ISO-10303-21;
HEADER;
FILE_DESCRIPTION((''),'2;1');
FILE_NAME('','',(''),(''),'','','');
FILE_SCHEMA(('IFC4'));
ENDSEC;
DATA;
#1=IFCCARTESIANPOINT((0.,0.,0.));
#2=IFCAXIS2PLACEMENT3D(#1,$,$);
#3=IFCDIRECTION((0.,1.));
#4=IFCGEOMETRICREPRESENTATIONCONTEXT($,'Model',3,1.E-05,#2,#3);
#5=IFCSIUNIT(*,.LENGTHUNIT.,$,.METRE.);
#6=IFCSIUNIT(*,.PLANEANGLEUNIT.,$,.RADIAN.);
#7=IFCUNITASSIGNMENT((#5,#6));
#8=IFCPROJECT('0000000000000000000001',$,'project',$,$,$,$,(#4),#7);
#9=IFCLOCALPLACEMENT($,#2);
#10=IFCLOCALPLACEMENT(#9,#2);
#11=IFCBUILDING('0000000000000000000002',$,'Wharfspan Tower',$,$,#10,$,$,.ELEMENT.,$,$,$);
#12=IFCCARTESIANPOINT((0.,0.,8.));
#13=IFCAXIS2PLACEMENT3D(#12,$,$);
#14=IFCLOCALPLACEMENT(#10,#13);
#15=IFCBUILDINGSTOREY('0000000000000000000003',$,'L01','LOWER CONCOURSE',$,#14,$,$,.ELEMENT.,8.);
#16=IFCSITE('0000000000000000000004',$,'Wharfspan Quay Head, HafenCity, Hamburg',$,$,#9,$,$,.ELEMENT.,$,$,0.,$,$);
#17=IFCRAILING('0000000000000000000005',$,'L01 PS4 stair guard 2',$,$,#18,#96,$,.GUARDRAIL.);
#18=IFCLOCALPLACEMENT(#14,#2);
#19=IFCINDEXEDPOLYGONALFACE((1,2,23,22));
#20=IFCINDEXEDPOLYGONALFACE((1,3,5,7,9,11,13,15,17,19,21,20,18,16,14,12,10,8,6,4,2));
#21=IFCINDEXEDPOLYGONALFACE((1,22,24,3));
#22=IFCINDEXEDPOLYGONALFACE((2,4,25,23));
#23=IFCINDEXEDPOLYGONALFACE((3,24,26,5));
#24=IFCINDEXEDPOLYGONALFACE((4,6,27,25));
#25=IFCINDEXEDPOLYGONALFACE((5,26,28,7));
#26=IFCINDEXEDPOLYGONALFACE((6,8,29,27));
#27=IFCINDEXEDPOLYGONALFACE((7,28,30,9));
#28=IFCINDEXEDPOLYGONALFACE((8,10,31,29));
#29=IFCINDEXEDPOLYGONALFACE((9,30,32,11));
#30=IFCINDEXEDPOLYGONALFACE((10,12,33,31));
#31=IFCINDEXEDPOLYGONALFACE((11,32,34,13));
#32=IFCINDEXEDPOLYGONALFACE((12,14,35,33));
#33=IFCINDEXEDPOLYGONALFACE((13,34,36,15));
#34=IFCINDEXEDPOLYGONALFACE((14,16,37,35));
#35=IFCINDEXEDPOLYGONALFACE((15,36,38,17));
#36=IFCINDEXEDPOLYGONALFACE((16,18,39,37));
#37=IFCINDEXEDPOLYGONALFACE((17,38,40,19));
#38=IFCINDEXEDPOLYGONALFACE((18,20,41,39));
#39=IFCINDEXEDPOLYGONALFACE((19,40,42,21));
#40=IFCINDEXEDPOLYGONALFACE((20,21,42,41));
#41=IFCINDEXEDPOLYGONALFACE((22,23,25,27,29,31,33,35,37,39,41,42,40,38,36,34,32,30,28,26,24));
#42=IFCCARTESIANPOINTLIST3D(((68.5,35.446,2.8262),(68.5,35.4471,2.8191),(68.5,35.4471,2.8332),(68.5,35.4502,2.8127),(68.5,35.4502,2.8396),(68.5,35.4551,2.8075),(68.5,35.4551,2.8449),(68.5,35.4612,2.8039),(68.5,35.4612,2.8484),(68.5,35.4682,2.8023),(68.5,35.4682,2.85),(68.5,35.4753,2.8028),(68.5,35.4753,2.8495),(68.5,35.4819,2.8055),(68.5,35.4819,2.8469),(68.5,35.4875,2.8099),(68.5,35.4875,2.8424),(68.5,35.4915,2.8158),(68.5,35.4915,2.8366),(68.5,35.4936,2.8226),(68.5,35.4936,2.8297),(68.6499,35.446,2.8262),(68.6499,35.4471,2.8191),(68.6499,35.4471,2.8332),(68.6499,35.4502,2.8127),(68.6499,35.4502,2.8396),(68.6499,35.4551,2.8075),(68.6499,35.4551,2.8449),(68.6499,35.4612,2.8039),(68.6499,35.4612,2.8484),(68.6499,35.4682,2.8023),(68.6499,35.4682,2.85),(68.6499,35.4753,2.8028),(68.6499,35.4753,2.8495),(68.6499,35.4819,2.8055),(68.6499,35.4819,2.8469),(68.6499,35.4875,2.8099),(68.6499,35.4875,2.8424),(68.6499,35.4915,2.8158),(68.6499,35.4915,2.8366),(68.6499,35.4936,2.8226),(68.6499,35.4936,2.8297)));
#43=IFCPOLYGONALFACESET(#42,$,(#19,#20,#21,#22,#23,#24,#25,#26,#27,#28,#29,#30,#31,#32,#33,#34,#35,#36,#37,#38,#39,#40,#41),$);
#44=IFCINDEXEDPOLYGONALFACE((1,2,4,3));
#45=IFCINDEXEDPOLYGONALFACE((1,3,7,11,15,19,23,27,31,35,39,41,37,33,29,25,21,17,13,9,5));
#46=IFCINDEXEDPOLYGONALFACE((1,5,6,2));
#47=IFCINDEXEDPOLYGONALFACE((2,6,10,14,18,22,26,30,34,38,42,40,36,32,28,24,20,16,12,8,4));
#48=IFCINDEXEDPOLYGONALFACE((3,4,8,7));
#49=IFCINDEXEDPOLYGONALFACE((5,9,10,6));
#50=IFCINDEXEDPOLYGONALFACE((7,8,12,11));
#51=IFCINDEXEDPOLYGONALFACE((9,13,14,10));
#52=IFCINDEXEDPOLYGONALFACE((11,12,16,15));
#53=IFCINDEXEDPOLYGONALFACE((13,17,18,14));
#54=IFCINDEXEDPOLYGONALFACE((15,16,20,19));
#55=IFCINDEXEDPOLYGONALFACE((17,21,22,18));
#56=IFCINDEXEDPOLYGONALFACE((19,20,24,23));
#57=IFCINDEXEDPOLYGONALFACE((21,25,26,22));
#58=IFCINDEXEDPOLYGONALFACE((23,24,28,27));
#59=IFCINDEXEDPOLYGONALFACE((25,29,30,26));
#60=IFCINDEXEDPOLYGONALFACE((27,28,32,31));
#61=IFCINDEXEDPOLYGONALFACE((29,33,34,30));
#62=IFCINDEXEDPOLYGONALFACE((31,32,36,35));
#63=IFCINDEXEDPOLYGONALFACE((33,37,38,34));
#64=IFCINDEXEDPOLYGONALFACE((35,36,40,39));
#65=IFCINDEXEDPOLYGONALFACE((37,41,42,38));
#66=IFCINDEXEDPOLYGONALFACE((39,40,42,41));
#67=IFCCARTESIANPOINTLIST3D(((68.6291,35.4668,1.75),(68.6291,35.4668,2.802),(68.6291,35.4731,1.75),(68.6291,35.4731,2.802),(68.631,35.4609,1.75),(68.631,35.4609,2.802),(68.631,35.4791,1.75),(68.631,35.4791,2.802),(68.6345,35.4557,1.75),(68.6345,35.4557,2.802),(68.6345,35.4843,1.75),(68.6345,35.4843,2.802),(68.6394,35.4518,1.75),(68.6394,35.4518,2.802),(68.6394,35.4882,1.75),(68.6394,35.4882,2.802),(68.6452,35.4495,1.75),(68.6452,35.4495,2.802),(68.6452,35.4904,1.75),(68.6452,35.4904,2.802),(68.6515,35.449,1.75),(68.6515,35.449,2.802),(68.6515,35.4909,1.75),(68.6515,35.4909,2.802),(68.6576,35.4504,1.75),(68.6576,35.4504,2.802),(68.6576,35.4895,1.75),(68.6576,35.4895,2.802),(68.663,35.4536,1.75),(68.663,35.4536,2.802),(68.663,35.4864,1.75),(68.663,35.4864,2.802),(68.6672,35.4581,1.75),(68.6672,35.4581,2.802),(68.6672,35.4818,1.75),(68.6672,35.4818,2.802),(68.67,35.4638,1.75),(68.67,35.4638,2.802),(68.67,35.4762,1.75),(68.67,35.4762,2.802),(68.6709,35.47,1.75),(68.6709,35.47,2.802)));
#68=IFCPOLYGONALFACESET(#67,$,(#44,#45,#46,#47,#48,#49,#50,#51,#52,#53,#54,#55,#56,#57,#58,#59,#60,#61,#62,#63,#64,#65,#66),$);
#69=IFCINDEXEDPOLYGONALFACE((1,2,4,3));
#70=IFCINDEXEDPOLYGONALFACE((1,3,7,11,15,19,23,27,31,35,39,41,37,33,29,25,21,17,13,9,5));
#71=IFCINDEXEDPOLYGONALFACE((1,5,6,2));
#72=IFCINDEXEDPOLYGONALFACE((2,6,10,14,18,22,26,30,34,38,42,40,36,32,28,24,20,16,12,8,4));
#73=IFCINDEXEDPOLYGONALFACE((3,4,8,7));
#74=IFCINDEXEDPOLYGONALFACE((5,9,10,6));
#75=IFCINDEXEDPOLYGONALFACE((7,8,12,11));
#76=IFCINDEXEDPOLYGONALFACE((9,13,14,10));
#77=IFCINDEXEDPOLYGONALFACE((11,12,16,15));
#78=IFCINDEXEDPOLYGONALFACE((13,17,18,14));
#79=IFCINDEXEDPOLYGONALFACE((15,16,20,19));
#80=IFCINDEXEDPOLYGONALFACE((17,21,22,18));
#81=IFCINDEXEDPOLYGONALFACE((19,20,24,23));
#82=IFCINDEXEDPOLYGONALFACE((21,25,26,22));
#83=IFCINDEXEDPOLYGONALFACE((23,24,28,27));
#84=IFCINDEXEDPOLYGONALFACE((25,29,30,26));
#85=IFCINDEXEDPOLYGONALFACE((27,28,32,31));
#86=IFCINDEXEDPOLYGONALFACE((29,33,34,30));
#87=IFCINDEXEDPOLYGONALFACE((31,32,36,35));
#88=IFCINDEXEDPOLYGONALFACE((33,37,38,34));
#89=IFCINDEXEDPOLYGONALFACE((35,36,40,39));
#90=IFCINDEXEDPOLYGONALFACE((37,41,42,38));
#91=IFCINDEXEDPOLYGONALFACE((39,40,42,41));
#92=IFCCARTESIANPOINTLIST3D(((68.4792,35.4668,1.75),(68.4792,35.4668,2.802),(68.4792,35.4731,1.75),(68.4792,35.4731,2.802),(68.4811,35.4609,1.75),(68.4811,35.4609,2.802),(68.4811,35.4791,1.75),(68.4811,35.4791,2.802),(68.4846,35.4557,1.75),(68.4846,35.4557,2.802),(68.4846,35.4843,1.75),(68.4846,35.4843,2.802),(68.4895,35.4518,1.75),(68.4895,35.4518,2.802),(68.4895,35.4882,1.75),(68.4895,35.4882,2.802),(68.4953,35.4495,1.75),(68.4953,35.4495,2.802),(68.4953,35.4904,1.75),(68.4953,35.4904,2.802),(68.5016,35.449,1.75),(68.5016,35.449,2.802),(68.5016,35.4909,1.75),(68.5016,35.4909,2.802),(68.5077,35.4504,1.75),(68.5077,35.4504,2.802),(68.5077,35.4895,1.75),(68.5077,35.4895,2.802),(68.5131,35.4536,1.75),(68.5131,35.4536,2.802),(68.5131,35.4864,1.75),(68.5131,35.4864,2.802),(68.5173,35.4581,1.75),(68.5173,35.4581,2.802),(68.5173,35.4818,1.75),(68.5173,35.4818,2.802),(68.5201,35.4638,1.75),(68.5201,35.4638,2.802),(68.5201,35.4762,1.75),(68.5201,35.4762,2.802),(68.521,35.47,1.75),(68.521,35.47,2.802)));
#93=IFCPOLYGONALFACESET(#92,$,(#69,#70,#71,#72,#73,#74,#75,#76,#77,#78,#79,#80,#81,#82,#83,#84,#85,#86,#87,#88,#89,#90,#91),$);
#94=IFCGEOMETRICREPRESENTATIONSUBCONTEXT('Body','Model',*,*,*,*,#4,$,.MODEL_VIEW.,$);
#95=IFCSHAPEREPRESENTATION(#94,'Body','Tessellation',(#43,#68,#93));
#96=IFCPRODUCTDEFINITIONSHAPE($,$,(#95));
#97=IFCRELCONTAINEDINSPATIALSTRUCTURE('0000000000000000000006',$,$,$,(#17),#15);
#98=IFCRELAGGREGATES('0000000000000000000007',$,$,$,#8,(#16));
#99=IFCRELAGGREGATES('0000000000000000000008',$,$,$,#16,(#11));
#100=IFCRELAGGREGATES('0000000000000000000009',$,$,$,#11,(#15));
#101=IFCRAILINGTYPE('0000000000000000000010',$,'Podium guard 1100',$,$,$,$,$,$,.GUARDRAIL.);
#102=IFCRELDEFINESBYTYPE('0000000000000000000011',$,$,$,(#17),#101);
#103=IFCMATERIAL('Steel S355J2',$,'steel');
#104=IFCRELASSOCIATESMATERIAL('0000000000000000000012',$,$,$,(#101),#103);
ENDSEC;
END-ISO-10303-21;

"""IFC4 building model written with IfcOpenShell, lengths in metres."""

from ifc_helpers import new_model, si_unit, direction, frame, origin, origin_2d, place, context, subcontext, project, spatial, circle, extrude, material, type_object, element, save


model = new_model("IFC4")

# Units and contexts
model_context = context("Model", 3, precision=1e-05, world=origin(), true_north=direction((0.0, 1.0)))
body_context = subcontext(model_context, "Body", "Model", "MODEL_VIEW")
ifc_project = project(units=[si_unit("LENGTHUNIT", "METRE"), si_unit("PLANEANGLEUNIT", "RADIAN")], contexts=[model_context])

# Site, building, storey
site_placement = place(None, origin())
site = spatial("IfcSite", under=ifc_project, at=site_placement, Name="Wharfspan Quay Head, HafenCity, Hamburg", CompositionType="ELEMENT", RefElevation=0.0)
building_placement = place(site_placement, origin())
building = spatial("IfcBuilding", under=site, at=building_placement, Name="Wharfspan Tower", CompositionType="ELEMENT")
storey_placement = place(building_placement, frame((0.0, 0.0, 8.0)))
storey = spatial("IfcBuildingStorey", under=building, at=storey_placement, Name="L01", Description="LOWER CONCOURSE", CompositionType="ELEMENT", Elevation=8.0)

# Railing
ifc_material_1 = material(Name="Steel S355J2", Category="steel")
railing_type_1 = type_object("IfcRailingType", Name="Podium guard 1100", PredefinedType="GUARDRAIL", material=ifc_material_1)
railing_1_placement = place(storey_placement, frame((68.6499, 35.47, 1.75)))
element("IfcRailing", 1, at=railing_1_placement, inside=storey, type_object=railing_type_1, Name="L01 PS4 stair guard 2", PredefinedType="GUARDRAIL", context=body_context, shape_type="SweptSolid", body=[
    extrude(circle(Radius=0.0239, at=origin_2d()), frame((0.0, 0.0, 1.0762), z_axis=(-1.0, 0.0, 0.0), x_axis=(0.0, -1.0, 0.0)), (0.0, 0.0, 1.0), 0.1499),
    extrude(circle(Radius=0.021, at=origin_2d()), origin(), (0.0, 0.0, 1.0), 1.052),
    extrude(circle(Radius=0.021, at=origin_2d()), frame((-0.1499, 0.0, 0.0)), (0.0, 0.0, 1.0), 1.052),
])

save(model, "model.ifc")
